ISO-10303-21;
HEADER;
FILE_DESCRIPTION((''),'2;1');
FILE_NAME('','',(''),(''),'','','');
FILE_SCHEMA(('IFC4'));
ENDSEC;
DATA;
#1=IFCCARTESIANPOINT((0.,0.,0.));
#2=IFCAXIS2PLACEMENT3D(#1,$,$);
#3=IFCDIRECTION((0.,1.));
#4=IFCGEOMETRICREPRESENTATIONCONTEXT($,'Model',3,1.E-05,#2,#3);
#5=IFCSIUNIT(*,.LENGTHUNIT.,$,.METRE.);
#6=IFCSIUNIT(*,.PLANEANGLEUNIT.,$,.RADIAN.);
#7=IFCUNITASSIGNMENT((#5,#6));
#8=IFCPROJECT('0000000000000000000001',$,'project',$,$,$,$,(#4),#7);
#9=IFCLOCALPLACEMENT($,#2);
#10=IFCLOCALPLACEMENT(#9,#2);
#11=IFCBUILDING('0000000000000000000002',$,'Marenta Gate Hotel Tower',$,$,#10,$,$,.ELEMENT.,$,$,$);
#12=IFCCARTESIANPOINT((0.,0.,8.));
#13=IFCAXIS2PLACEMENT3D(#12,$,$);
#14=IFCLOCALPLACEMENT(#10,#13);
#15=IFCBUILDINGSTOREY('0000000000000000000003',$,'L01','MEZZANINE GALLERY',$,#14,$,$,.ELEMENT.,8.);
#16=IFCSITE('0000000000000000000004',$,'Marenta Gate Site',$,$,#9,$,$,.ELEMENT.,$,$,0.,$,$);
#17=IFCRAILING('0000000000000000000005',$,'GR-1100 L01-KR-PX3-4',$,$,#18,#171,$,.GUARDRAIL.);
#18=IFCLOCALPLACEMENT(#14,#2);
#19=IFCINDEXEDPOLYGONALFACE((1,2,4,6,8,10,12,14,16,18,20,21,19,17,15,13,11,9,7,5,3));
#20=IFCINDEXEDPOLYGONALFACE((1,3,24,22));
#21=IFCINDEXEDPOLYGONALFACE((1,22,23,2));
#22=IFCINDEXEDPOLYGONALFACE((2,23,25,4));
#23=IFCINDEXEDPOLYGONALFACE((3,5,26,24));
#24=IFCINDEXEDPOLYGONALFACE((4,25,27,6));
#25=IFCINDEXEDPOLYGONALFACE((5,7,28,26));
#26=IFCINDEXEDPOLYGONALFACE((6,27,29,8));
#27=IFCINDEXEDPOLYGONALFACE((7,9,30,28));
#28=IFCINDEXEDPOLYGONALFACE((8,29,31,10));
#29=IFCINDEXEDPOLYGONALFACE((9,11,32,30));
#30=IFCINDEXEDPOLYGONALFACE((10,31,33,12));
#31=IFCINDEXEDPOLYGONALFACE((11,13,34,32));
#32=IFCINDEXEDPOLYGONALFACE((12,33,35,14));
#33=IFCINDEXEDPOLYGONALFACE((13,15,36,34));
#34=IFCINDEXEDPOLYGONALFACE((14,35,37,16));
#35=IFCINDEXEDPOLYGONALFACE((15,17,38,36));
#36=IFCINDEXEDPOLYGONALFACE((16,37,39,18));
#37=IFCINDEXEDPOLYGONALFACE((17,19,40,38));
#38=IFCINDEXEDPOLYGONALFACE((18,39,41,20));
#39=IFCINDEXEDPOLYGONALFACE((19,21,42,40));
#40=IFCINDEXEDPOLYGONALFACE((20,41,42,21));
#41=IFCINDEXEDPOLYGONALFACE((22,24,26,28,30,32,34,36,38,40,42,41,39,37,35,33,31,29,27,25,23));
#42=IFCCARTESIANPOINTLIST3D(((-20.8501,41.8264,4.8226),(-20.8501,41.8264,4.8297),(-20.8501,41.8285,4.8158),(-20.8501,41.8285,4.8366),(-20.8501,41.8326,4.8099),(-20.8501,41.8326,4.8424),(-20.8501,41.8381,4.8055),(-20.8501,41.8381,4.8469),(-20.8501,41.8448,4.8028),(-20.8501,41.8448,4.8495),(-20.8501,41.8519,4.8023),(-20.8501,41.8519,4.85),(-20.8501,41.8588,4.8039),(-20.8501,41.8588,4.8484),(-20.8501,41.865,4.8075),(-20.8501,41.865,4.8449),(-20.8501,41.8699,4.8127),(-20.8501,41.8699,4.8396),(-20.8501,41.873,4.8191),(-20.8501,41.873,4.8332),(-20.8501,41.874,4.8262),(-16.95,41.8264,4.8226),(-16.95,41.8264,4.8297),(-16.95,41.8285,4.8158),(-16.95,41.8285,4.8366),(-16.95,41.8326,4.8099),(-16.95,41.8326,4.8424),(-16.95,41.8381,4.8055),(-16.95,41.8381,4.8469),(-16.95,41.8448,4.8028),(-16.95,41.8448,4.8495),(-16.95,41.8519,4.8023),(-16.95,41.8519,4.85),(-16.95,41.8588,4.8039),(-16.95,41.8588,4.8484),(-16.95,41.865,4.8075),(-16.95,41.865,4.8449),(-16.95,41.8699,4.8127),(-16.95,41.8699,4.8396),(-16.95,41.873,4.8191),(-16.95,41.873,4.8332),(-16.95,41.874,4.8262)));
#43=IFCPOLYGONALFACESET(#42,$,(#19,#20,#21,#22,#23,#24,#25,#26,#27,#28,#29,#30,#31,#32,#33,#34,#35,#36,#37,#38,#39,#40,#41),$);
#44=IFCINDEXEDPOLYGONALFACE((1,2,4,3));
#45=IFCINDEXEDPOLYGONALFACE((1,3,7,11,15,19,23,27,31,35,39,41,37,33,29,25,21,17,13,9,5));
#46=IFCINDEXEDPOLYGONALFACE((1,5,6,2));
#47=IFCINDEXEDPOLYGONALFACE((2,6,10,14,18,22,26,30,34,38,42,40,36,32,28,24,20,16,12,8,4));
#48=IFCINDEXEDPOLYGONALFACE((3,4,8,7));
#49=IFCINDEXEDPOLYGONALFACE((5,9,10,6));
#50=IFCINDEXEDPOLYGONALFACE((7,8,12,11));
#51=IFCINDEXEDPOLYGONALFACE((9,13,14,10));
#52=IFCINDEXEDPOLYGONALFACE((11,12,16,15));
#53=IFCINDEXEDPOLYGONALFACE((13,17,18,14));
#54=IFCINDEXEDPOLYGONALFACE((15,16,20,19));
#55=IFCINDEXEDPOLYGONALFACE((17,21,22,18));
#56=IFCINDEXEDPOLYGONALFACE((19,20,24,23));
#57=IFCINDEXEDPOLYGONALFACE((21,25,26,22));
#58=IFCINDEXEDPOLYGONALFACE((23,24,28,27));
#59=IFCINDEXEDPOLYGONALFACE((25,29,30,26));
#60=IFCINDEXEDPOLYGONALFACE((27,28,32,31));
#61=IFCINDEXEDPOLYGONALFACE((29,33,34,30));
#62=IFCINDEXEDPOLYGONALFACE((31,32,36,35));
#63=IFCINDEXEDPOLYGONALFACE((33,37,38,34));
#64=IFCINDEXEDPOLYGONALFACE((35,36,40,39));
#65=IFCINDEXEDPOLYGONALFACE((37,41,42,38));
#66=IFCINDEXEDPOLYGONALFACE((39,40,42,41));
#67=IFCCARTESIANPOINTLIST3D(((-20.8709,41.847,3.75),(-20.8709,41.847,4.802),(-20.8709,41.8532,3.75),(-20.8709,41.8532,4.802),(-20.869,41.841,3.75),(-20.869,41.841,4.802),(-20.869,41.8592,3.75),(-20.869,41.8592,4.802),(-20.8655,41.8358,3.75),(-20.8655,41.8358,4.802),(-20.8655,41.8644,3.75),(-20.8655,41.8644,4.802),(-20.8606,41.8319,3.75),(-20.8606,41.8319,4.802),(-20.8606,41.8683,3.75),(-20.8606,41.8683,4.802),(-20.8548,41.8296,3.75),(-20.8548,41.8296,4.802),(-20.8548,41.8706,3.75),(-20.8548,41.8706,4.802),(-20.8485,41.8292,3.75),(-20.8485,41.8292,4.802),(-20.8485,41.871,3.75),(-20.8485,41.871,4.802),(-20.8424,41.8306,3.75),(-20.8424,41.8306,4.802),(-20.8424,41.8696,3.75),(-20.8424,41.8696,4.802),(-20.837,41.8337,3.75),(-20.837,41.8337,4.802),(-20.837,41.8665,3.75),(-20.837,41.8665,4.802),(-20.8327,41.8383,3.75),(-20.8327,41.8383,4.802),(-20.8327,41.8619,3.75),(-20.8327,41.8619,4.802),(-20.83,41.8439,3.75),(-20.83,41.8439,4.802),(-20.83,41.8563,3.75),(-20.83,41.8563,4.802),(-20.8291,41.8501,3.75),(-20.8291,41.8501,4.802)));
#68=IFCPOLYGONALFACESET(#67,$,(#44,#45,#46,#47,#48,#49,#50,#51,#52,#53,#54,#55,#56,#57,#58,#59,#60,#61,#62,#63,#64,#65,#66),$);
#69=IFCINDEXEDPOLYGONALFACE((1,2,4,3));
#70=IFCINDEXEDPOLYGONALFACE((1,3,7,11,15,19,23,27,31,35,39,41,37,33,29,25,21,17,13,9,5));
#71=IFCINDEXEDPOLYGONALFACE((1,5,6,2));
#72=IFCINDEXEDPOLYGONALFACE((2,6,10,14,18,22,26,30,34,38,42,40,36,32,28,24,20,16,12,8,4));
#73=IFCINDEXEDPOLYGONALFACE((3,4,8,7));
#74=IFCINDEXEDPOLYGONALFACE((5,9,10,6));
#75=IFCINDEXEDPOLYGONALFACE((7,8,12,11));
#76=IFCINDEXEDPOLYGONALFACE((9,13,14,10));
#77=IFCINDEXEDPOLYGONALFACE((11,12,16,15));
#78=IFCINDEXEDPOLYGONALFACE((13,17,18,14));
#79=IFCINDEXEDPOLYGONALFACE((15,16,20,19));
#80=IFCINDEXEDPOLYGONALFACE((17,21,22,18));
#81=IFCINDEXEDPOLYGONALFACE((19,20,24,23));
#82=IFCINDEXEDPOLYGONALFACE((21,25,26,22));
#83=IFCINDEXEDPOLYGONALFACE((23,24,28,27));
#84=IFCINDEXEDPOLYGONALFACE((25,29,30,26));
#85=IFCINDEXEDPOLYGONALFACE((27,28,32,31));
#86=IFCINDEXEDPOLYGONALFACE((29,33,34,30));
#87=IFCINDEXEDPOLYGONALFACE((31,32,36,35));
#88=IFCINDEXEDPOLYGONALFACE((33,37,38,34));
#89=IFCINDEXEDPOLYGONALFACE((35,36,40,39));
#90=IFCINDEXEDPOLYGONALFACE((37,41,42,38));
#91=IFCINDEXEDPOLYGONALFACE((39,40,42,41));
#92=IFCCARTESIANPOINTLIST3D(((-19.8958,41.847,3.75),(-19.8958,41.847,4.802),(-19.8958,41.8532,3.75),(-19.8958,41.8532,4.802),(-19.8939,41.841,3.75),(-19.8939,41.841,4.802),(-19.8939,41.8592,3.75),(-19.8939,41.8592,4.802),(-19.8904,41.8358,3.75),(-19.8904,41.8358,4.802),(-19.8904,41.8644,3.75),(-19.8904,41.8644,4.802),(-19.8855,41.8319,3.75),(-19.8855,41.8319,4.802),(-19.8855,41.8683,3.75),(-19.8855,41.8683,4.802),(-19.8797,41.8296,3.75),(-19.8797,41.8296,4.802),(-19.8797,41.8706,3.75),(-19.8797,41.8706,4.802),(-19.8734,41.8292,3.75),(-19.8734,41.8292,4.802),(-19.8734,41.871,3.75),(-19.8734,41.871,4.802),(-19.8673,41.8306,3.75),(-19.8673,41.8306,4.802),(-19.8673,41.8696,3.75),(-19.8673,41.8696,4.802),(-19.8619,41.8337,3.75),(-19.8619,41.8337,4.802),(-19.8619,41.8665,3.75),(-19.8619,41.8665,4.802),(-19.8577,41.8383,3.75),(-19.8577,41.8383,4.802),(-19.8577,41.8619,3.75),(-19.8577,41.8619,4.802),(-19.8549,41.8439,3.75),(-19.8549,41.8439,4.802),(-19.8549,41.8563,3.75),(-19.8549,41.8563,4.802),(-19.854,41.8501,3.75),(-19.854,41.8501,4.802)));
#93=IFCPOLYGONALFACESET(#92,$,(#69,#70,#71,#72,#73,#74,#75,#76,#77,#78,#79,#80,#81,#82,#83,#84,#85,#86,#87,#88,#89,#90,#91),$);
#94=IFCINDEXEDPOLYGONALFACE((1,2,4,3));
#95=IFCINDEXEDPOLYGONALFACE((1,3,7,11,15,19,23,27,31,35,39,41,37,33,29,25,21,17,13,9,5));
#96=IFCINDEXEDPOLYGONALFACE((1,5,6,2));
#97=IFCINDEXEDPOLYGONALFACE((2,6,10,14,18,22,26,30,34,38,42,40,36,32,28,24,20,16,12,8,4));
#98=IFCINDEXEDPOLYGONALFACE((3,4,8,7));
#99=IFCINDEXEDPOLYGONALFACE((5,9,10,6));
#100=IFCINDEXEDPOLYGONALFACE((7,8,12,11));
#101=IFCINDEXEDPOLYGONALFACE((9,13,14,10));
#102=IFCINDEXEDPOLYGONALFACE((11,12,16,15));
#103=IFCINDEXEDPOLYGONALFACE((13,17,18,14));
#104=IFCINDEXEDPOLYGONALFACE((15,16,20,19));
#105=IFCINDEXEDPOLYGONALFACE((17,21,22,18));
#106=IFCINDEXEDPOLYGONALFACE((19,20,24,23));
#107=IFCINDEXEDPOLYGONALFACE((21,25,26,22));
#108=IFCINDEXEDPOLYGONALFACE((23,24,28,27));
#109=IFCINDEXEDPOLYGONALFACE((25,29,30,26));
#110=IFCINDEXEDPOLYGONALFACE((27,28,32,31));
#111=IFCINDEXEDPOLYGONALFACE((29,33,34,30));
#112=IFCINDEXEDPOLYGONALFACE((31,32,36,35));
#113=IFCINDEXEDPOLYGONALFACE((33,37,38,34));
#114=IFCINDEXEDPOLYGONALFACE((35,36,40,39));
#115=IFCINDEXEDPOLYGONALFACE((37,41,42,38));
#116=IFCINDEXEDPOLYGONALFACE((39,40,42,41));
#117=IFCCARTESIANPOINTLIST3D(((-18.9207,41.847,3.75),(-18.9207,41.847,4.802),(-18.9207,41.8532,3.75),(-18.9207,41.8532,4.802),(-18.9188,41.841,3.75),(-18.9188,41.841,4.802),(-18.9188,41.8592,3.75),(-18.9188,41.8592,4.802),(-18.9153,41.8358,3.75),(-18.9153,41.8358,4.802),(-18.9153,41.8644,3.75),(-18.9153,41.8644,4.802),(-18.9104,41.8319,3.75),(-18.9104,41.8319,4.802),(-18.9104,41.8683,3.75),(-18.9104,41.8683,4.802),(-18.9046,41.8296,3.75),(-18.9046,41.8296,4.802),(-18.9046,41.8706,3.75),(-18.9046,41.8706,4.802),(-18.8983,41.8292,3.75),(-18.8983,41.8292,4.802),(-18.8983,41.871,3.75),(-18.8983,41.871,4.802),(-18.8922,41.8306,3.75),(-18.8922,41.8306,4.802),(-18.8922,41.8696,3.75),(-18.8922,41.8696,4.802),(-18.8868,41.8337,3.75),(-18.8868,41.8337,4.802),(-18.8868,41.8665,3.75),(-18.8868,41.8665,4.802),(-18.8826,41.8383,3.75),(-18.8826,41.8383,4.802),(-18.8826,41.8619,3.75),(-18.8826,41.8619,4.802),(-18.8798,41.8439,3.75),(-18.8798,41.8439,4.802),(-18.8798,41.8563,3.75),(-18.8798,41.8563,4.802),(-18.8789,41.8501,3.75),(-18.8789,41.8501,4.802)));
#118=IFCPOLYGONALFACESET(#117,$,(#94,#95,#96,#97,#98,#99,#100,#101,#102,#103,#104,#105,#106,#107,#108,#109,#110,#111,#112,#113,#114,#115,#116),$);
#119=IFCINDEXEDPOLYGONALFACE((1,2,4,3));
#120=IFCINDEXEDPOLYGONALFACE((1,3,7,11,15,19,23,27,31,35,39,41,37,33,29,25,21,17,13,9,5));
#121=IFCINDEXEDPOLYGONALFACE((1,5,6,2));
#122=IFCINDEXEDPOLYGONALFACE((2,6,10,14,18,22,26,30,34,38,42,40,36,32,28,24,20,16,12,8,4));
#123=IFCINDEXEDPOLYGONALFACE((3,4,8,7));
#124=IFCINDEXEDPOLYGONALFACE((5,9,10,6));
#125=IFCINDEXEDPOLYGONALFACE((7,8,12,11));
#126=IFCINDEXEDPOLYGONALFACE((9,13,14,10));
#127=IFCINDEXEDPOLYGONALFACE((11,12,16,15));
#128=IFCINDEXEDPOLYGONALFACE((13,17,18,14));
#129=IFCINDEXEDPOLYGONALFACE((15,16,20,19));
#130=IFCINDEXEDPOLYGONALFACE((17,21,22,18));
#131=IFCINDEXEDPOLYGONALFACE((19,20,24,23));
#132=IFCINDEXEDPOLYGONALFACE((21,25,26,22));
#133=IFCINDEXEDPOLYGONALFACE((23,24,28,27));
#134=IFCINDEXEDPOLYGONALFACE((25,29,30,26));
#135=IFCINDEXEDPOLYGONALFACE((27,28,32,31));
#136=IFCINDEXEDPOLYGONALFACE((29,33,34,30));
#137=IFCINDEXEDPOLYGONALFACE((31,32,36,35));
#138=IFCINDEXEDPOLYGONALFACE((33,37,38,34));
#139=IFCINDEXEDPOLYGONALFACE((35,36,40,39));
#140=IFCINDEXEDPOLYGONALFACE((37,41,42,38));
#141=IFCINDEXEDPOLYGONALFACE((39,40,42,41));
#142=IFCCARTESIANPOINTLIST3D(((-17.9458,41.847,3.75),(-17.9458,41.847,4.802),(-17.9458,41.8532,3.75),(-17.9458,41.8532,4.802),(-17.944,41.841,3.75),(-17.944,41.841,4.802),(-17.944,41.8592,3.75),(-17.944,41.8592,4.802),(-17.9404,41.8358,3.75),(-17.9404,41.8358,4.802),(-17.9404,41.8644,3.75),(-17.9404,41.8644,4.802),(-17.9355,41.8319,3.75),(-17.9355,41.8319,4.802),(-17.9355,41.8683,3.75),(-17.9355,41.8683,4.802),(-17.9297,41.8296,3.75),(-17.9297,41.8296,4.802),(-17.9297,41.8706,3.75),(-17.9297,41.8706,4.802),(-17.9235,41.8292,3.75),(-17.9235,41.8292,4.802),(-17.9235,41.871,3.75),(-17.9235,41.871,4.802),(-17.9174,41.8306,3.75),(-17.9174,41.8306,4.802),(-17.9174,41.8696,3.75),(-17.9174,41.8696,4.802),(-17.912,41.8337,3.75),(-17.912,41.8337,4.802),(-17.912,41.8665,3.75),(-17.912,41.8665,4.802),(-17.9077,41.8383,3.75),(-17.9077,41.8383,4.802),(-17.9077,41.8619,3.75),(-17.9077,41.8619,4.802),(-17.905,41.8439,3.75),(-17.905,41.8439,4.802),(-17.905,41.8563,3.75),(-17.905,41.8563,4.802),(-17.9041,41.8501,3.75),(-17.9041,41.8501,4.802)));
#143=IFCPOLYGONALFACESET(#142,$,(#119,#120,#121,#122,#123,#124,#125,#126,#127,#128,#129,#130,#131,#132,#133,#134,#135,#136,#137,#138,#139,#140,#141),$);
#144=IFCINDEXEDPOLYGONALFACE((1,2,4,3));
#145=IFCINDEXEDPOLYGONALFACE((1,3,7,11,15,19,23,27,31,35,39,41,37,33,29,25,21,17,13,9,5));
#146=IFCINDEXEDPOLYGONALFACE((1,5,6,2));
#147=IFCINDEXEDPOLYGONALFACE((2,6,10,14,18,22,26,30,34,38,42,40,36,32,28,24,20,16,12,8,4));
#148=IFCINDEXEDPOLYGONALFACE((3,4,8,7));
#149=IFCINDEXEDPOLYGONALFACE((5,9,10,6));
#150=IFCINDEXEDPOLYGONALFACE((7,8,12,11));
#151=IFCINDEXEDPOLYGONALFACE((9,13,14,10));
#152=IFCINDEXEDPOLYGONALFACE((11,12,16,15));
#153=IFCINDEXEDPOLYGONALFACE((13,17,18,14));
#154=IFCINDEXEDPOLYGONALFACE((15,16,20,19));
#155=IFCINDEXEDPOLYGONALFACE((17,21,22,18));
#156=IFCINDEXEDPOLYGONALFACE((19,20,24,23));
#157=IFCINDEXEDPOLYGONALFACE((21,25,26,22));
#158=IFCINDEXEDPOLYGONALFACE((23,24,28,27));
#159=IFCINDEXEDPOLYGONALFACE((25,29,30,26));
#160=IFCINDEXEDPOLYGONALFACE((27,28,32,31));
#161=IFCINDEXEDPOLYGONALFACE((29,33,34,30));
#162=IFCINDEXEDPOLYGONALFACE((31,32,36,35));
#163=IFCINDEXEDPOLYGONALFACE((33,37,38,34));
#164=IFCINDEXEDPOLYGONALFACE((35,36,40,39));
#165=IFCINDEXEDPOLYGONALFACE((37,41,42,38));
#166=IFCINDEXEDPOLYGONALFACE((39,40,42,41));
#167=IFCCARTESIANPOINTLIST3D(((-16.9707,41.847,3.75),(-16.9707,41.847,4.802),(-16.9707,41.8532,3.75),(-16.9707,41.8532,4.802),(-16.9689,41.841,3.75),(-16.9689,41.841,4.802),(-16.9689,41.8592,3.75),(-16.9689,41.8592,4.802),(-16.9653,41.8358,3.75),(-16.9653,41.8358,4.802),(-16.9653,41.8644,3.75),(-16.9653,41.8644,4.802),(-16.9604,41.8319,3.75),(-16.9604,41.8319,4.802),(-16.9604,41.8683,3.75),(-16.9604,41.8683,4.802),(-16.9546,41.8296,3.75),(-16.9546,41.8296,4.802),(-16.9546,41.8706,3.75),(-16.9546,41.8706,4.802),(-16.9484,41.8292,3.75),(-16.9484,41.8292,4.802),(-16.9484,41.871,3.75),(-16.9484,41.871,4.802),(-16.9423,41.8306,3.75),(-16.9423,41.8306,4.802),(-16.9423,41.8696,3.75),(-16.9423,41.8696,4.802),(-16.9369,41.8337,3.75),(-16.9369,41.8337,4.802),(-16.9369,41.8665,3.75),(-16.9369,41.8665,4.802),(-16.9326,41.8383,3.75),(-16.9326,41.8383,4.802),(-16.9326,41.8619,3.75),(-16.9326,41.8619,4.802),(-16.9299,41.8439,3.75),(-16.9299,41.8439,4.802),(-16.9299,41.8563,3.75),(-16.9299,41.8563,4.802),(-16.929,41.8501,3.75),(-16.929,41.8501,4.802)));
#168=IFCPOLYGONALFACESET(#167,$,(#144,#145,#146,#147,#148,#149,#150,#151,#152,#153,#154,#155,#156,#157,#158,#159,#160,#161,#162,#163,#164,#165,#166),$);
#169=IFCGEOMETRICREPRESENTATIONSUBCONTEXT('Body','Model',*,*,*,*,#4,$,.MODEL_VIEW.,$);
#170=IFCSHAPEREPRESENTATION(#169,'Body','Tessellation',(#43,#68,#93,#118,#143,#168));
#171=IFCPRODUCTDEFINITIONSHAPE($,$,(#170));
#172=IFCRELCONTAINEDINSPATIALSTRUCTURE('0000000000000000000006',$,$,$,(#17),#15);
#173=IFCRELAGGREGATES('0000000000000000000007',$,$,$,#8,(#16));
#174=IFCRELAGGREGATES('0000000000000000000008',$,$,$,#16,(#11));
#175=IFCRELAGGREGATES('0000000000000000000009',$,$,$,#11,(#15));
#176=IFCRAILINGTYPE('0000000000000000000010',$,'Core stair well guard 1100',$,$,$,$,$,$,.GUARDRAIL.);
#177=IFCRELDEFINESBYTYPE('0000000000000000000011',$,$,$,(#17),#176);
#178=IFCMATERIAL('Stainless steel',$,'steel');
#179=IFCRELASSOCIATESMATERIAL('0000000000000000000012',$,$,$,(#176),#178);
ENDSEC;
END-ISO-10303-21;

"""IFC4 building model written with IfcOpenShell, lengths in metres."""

from ifc_helpers import new_model, si_unit, direction, frame, origin, origin_2d, place, context, subcontext, project, spatial, circle, extrude, material, type_object, element, save


model = new_model("IFC4")

# Units and contexts
model_context = context("Model", 3, precision=1e-05, world=origin(), true_north=direction((0.0, 1.0)))
body_context = subcontext(model_context, "Body", "Model", "MODEL_VIEW")
ifc_project = project(units=[si_unit("LENGTHUNIT", "METRE"), si_unit("PLANEANGLEUNIT", "RADIAN")], contexts=[model_context])

# Site, building, storey
site_placement = place(None, origin())
site = spatial("IfcSite", under=ifc_project, at=site_placement, Name="Marenta Gate Site", CompositionType="ELEMENT", RefElevation=0.0)
building_placement = place(site_placement, origin())
building = spatial("IfcBuilding", under=site, at=building_placement, Name="Marenta Gate Hotel Tower", CompositionType="ELEMENT")
storey_placement = place(building_placement, frame((0.0, 0.0, 8.0)))
storey = spatial("IfcBuildingStorey", under=building, at=storey_placement, Name="L01", Description="MEZZANINE GALLERY", CompositionType="ELEMENT", Elevation=8.0)

# Railing
ifc_material_1 = material(Name="Stainless steel", Category="steel")
railing_type_1 = type_object("IfcRailingType", Name="Core stair well guard 1100", PredefinedType="GUARDRAIL", material=ifc_material_1)
for number, where, name in (
    (1, (-20.8501, 41.8501, 3.75), "GR-1100 L01-KR-PX3-4"),
):
    element("IfcRailing", number, at=place(storey_placement, frame(where)), inside=storey, type_object=railing_type_1, Name=name, PredefinedType="GUARDRAIL", context=body_context, shape_type="SweptSolid", body=[
        extrude(circle(Radius=0.0239, at=origin_2d()), frame((0.0, 0.0, 1.0762), z_axis=(1.0, 0.0, 0.0), x_axis=(0.0, 1.0, 0.0)), (0.0, 0.0, 1.0), 3.9001),
        extrude(circle(Radius=0.021, at=origin_2d()), origin(), (0.0, 0.0, 1.0), 1.052),
        extrude(circle(Radius=0.021, at=origin_2d()), frame((0.9751, 0.0, 0.0)), (0.0, 0.0, 1.0), 1.052),
        extrude(circle(Radius=0.021, at=origin_2d()), frame((1.9502, 0.0, 0.0)), (0.0, 0.0, 1.0), 1.052),
        extrude(circle(Radius=0.021, at=origin_2d()), frame((2.925, 0.0, 0.0)), (0.0, 0.0, 1.0), 1.052),
        extrude(circle(Radius=0.021, at=origin_2d()), frame((3.9001, 0.0, 0.0)), (0.0, 0.0, 1.0), 1.052),
    ])

save(model, "model.ifc")
